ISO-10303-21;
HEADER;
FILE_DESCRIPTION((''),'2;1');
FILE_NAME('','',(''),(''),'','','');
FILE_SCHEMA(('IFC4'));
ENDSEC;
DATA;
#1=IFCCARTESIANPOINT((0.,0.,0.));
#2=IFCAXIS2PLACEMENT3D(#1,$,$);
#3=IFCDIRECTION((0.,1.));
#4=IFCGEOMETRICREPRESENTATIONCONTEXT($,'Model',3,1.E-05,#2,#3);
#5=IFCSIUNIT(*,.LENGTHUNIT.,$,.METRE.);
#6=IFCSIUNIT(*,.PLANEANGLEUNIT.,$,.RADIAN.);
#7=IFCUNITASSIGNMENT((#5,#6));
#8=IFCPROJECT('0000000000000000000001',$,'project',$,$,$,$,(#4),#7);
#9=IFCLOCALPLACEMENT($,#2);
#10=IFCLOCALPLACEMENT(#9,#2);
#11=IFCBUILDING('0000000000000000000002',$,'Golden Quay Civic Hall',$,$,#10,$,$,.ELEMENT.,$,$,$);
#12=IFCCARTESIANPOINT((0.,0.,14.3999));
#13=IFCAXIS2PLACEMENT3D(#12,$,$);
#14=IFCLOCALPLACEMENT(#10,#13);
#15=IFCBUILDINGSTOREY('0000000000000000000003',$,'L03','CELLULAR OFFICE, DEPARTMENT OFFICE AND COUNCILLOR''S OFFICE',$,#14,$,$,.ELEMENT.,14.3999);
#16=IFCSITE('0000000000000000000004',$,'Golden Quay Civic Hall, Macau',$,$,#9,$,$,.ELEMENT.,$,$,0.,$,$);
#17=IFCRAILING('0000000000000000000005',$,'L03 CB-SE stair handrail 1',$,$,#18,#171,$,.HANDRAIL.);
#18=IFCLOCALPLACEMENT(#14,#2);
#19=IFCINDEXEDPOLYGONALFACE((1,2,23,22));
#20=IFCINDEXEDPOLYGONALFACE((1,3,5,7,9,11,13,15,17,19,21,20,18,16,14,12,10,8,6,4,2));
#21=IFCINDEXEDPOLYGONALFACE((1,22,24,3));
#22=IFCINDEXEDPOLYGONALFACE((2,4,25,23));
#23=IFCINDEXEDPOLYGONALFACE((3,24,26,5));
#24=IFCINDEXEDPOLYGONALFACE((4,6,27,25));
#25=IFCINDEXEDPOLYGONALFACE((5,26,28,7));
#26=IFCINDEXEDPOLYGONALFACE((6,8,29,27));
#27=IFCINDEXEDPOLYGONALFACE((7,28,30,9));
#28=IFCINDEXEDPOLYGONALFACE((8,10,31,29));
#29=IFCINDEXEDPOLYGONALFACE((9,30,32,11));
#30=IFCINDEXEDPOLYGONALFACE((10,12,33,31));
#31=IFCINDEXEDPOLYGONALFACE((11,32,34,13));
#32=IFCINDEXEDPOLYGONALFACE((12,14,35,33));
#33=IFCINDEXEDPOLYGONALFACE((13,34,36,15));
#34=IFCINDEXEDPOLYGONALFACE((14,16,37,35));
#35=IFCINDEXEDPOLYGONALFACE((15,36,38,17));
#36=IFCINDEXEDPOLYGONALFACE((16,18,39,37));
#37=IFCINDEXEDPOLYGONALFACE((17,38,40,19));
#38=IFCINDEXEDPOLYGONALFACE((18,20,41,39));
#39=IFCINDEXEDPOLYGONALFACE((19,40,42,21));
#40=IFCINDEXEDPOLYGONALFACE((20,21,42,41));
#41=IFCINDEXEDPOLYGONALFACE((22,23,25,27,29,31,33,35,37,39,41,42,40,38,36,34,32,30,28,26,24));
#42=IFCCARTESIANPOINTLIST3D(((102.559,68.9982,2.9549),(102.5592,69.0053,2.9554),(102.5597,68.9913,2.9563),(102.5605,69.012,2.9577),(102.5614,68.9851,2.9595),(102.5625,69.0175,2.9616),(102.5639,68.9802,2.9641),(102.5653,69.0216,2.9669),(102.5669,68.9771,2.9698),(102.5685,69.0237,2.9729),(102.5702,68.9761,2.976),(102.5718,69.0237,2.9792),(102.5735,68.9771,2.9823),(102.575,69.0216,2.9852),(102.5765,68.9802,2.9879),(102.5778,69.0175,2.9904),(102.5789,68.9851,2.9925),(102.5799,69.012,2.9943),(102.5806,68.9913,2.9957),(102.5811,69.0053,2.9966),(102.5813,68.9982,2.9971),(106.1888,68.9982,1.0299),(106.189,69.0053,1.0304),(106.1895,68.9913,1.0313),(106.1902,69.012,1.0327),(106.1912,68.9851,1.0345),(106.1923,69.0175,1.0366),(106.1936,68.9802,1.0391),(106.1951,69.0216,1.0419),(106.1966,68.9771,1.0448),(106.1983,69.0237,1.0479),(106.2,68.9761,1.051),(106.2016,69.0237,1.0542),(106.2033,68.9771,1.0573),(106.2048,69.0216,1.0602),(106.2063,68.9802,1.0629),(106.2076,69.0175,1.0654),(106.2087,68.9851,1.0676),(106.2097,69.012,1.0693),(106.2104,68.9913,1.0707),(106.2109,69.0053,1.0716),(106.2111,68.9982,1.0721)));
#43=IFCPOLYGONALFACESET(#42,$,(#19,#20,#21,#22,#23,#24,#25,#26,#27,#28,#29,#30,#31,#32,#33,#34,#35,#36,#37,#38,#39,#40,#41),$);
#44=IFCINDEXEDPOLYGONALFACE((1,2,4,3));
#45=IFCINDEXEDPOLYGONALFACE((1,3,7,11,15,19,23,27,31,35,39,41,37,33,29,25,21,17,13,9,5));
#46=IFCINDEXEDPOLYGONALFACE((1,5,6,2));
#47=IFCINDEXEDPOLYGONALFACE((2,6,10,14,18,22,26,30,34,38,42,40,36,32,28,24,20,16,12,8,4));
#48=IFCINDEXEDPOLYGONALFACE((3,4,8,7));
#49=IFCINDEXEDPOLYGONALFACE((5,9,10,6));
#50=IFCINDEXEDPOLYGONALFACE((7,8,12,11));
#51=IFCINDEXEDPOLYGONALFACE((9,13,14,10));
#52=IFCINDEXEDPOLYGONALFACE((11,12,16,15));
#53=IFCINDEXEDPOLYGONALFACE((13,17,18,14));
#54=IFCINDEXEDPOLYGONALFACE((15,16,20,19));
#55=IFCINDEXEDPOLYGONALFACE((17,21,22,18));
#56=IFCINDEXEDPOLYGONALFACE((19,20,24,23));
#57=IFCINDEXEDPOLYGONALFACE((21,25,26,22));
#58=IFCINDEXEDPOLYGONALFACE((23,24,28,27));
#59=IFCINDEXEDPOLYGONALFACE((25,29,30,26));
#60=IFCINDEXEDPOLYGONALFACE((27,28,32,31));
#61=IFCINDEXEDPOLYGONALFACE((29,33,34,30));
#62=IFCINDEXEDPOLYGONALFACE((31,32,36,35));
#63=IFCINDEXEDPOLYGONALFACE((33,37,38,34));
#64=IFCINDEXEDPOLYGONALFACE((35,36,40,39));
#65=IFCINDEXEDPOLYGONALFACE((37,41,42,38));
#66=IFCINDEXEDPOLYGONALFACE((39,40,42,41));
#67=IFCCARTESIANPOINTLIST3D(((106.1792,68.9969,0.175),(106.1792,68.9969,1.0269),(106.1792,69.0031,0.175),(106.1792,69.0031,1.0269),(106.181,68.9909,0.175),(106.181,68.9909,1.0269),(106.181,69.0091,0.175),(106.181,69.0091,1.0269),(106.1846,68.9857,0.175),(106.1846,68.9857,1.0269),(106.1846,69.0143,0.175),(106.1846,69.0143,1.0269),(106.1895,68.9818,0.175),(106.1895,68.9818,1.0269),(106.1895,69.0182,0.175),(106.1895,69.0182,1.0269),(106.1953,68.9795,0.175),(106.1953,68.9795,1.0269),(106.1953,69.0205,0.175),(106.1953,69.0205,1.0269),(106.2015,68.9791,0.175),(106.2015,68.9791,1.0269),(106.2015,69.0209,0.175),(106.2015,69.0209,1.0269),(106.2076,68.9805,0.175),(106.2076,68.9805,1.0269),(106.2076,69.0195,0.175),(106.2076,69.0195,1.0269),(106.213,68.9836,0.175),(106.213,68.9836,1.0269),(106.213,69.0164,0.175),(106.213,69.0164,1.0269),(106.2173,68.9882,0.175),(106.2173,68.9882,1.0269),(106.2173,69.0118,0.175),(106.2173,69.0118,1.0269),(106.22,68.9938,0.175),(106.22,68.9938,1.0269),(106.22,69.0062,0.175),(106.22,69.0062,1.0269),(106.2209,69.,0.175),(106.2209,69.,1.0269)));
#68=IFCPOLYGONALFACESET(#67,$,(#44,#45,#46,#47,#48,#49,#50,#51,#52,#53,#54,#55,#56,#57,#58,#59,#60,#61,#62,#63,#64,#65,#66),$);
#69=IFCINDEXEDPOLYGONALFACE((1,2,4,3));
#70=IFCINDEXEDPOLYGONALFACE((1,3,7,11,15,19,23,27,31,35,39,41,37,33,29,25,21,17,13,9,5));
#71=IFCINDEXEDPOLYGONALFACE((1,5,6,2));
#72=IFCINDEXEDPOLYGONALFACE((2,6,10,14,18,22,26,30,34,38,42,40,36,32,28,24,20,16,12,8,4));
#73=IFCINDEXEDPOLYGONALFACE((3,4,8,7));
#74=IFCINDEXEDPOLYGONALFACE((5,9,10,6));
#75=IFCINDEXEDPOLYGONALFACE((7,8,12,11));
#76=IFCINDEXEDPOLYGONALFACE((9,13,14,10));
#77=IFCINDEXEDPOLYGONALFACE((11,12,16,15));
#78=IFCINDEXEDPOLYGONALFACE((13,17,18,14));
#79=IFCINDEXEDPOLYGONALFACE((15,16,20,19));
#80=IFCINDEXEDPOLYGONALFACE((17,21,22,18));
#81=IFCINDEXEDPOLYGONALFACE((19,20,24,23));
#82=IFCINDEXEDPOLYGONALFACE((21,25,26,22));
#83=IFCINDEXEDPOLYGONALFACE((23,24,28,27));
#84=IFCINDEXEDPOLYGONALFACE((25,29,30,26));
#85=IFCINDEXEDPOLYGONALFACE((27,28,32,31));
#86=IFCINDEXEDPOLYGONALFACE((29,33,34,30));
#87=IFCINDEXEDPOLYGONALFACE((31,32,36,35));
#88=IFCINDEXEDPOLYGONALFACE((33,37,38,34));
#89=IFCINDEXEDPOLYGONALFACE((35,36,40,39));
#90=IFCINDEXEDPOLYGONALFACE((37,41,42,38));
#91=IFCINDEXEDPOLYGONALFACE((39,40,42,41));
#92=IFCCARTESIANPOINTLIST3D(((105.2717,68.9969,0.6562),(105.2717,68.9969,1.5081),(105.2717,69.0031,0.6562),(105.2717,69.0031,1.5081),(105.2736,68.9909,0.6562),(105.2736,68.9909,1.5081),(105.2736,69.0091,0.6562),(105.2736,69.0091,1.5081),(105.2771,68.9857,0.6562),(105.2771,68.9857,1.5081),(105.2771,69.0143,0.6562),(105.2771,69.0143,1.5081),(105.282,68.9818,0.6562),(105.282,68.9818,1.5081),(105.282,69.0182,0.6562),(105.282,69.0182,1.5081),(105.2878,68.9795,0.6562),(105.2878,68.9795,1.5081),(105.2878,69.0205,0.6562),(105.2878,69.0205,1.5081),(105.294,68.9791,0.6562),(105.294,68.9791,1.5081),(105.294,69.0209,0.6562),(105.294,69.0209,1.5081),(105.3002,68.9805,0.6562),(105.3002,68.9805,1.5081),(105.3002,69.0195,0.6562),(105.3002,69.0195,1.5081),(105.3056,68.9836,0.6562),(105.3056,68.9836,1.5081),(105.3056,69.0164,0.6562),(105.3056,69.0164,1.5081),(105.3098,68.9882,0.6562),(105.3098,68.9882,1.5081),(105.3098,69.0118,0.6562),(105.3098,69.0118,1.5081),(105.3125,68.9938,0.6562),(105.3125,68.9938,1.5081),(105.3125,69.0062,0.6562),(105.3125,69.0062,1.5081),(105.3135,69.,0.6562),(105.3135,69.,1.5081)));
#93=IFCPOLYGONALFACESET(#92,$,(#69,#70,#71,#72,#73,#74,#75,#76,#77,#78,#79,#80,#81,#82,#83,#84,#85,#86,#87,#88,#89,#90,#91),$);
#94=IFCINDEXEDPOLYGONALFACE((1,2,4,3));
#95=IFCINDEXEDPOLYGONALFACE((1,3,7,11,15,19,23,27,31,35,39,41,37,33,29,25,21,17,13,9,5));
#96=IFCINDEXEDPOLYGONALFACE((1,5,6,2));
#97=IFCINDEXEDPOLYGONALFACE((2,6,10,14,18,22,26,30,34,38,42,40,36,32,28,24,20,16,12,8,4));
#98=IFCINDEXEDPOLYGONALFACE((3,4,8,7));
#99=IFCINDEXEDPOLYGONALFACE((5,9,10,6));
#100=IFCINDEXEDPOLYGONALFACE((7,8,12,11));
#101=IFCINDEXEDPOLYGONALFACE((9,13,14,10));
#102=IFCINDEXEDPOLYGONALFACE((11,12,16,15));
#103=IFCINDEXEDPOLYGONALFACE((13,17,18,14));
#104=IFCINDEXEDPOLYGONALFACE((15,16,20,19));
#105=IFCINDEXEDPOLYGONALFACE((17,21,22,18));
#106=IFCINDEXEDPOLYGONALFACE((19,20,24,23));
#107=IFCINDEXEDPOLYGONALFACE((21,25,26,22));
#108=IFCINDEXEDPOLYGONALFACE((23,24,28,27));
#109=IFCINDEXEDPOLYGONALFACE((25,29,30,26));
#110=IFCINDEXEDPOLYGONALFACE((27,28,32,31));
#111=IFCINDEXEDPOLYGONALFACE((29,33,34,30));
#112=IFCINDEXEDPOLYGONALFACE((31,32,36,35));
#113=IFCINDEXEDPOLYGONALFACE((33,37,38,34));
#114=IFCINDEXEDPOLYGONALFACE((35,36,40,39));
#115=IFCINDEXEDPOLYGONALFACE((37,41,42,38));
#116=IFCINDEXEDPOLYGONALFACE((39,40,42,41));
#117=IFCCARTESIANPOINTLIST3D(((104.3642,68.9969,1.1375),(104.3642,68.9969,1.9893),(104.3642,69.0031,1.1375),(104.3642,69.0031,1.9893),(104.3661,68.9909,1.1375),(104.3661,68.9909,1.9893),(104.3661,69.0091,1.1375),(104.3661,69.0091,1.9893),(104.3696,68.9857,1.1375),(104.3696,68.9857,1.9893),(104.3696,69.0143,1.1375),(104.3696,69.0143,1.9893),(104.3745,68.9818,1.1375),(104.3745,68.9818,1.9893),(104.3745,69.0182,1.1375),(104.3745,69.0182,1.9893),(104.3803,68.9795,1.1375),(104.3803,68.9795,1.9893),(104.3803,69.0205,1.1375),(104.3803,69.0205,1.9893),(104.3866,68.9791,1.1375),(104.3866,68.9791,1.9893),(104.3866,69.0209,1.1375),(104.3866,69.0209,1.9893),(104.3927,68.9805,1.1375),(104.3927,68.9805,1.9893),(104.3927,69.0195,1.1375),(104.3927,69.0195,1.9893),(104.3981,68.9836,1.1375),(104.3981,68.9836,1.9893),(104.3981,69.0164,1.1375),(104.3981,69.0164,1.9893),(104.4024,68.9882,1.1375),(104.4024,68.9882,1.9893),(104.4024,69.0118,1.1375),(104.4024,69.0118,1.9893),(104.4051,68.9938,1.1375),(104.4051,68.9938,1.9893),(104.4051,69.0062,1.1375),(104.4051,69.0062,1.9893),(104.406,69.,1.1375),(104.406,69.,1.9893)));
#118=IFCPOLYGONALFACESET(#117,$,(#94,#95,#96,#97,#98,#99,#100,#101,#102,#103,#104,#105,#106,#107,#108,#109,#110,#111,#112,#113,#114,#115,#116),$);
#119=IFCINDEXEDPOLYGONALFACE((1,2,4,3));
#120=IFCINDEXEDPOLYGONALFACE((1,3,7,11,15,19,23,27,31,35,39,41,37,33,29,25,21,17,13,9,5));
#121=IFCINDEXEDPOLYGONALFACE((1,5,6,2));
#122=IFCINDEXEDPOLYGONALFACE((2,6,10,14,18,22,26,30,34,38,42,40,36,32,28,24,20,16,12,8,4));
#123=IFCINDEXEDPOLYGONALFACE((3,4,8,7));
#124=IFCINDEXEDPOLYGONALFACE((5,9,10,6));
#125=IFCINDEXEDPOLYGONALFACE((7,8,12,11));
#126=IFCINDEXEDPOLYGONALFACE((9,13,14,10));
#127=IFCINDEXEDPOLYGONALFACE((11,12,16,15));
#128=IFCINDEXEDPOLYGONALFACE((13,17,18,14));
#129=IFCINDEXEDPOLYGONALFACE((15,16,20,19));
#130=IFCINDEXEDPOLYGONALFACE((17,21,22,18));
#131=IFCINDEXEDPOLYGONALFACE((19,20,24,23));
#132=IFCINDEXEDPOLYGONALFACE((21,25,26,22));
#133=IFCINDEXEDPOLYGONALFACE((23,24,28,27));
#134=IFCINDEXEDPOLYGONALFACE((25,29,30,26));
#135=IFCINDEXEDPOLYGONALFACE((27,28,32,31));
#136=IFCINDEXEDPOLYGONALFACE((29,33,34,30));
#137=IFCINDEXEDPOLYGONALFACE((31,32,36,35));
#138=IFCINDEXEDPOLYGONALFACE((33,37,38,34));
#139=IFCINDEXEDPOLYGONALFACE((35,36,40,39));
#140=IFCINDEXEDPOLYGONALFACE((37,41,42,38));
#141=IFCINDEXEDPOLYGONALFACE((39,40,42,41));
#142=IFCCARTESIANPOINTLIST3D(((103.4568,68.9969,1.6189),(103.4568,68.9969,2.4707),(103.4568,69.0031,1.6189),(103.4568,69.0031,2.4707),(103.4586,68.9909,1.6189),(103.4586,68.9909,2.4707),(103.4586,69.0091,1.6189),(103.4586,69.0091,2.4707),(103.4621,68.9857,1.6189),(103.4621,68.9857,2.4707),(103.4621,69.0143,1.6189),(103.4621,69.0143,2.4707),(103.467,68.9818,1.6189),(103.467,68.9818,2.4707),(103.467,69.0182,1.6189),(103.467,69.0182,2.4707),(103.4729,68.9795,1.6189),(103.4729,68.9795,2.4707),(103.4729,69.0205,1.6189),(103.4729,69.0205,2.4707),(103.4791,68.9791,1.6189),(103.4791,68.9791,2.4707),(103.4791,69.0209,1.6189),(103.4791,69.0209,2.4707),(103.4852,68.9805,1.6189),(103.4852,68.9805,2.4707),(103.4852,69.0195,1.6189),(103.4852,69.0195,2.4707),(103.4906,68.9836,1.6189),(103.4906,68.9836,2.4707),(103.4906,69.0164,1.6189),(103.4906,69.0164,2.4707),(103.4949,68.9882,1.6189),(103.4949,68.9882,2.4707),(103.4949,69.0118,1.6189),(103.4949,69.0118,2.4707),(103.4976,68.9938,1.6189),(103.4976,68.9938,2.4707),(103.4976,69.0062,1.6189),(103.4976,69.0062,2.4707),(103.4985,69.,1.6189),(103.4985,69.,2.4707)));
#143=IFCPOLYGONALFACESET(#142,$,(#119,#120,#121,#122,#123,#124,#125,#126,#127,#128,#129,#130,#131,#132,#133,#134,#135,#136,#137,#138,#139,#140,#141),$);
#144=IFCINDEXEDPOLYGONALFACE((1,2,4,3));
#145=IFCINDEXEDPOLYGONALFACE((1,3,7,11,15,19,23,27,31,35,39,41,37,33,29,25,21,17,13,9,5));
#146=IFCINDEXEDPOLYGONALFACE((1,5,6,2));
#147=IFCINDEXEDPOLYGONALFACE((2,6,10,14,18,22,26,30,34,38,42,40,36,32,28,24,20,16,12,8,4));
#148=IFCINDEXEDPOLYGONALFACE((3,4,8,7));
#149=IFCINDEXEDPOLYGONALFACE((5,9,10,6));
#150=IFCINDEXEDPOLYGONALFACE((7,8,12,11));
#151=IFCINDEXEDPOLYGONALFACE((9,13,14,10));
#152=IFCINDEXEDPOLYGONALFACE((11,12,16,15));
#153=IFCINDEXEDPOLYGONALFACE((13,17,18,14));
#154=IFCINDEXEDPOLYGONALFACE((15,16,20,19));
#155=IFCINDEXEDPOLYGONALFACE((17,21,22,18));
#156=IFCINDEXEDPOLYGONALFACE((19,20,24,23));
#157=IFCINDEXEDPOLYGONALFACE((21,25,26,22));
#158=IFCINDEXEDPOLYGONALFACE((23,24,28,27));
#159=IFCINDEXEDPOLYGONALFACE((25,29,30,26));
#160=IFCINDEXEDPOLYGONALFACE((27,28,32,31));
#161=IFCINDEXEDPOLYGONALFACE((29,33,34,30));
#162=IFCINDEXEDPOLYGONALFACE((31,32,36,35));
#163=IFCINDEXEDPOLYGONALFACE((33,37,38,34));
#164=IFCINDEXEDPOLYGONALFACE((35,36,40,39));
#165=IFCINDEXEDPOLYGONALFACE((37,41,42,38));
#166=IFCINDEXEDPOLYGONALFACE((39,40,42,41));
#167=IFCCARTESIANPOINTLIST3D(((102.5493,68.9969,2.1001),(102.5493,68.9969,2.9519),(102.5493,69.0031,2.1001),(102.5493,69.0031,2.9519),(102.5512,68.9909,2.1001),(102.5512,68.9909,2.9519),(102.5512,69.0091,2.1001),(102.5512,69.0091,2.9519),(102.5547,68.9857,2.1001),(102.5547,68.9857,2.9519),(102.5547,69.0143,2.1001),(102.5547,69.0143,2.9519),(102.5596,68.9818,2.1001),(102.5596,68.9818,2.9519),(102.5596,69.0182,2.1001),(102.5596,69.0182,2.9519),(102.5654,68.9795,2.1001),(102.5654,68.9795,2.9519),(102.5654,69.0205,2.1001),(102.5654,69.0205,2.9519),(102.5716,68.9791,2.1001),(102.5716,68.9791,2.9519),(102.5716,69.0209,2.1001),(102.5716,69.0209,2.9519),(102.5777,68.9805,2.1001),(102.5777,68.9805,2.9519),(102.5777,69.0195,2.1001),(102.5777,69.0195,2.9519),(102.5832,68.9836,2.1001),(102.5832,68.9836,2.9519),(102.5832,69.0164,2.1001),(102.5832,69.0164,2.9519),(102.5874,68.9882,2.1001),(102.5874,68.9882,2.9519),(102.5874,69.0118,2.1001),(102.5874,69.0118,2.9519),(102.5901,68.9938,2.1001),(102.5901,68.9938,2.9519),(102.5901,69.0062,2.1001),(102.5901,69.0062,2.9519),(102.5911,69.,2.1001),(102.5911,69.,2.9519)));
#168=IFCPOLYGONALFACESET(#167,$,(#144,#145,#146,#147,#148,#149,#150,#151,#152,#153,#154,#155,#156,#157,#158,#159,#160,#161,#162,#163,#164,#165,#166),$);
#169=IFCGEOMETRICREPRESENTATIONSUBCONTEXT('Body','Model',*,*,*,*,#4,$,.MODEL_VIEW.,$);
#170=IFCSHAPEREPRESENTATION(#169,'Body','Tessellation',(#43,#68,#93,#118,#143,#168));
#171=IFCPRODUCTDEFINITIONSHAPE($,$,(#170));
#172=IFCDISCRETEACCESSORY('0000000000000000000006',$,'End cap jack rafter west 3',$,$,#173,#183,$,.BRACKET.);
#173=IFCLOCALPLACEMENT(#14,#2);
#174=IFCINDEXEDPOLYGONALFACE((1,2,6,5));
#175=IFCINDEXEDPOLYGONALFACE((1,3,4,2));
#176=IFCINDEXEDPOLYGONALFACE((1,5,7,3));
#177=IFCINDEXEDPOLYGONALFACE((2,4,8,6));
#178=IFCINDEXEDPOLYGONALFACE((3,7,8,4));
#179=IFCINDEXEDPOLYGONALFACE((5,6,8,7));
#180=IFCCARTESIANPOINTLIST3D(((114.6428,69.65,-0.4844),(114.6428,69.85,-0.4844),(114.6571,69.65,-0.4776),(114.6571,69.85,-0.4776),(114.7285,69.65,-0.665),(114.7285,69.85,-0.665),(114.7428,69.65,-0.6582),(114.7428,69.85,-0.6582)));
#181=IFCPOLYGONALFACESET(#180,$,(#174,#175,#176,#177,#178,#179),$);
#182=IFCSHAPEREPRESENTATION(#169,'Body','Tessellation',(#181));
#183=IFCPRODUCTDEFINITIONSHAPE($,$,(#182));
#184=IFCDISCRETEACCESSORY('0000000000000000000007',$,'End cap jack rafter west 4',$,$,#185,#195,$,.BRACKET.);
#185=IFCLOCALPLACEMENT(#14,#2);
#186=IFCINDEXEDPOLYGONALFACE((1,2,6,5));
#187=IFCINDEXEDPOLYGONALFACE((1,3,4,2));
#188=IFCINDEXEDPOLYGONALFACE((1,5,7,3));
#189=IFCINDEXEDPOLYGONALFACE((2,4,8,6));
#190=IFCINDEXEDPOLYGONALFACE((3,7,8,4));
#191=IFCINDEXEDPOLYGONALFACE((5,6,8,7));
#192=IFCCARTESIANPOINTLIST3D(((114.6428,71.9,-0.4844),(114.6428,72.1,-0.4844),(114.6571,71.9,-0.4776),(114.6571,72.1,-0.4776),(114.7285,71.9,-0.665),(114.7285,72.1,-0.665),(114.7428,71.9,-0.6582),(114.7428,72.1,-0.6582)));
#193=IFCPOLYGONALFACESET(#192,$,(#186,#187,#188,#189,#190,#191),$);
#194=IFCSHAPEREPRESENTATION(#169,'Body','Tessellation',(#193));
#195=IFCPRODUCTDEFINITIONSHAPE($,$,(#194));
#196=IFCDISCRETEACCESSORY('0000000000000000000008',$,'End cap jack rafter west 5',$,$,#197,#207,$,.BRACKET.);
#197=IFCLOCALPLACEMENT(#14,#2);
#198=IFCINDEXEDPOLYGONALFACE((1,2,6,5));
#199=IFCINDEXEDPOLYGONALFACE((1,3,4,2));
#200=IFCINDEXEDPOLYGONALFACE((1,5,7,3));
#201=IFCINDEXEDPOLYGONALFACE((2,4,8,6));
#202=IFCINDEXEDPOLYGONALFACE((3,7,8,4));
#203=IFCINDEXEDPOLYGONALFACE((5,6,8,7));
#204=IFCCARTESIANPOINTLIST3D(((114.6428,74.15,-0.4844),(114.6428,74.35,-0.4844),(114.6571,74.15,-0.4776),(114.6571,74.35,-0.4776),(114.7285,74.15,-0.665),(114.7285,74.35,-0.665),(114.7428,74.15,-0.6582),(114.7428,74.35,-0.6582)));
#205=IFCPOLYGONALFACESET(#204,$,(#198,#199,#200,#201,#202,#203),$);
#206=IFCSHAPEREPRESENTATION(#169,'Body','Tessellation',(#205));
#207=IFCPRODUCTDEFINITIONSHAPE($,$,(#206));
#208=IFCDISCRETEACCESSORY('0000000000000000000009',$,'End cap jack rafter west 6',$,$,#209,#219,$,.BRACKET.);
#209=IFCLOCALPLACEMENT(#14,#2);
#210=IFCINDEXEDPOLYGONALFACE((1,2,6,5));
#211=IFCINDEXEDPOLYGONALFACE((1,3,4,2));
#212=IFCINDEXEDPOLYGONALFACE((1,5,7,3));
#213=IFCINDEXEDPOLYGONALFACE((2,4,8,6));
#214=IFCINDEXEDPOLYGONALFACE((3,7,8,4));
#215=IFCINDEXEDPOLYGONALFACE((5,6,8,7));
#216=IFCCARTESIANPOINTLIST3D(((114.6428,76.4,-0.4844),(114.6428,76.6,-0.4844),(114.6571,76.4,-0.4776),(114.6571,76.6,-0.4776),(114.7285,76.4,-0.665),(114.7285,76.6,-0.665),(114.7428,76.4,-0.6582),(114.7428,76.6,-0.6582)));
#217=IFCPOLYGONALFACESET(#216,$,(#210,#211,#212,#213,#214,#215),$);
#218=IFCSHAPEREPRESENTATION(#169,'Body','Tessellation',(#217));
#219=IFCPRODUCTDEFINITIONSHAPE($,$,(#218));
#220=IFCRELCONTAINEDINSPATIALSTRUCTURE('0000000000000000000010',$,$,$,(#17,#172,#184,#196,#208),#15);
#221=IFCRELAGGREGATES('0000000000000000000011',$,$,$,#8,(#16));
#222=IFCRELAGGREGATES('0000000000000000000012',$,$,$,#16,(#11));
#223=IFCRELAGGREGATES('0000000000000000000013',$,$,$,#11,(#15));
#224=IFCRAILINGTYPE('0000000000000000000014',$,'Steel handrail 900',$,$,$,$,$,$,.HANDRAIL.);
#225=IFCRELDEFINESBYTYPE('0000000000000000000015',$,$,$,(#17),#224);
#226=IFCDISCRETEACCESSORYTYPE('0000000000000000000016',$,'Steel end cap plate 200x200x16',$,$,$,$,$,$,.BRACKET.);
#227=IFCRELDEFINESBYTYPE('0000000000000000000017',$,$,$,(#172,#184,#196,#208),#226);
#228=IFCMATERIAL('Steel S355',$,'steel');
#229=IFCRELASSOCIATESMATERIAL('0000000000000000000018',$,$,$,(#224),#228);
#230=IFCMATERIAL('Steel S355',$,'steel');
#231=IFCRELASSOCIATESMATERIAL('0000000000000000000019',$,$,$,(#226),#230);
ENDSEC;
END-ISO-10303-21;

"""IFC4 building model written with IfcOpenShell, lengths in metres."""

from ifc_helpers import new_model, si_unit, direction, frame, origin, origin_2d, place, context, subcontext, project, spatial, rectangle, circle, extrude, material, material_profile, profile_set, type_object, element, save


model = new_model("IFC4")

# Units and contexts
model_context = context("Model", 3, precision=1e-05, world=origin(), true_north=direction((0.0, 1.0)))
body_context = subcontext(model_context, "Body", "Model", "MODEL_VIEW")
ifc_project = project(units=[si_unit("LENGTHUNIT", "METRE"), si_unit("PLANEANGLEUNIT", "RADIAN")], contexts=[model_context])

# Site, building, storey
site_placement = place(None, origin())
site = spatial("IfcSite", under=ifc_project, at=site_placement, Name="Golden Quay Civic Hall, Macau", CompositionType="ELEMENT", RefElevation=0.0)
building_placement = place(site_placement, origin())
building = spatial("IfcBuilding", under=site, at=building_placement, Name="Golden Quay Civic Hall", CompositionType="ELEMENT")
storey_placement = place(building_placement, frame((0.0, 0.0, 14.3999)))
storey = spatial("IfcBuildingStorey", under=building, at=storey_placement, Name="L03", Description="CELLULAR OFFICE, DEPARTMENT OFFICE AND COUNCILLOR'S OFFICE", CompositionType="ELEMENT", Elevation=14.3999)

# Railing
ifc_material_1 = material(Name="Steel S355", Category="steel")
railing_type_1 = type_object("IfcRailingType", Name="Steel handrail 900", PredefinedType="HANDRAIL", material=ifc_material_1)
railing_1_placement = place(storey_placement, frame((106.2, 69.0, 0.175)))
element("IfcRailing", 1, at=railing_1_placement, inside=storey, type_object=railing_type_1, Name="L03 CB-SE stair handrail 1", PredefinedType="HANDRAIL", context=body_context, shape_type="SweptSolid", body=[
    extrude(circle(Radius=0.0239, at=origin_2d()), frame((0.0, 0.0, 0.876), z_axis=(-0.883451, 0.0, 0.468524), x_axis=(0.0, -1.0, 0.0)), (0.0, 0.0, 1.0), 4.1086),
    extrude(circle(Radius=0.021, at=origin_2d()), origin(), (0.0, 0.0, 1.0), 0.8518),
    extrude(circle(Radius=0.021, at=origin_2d()), frame((-0.9075, 0.0, 0.4812)), (0.0, 0.0, 1.0), 0.8518),
    extrude(circle(Radius=0.021, at=origin_2d()), frame((-1.8149, 0.0, 0.9624)), (0.0, 0.0, 1.0), 0.8518),
    extrude(circle(Radius=0.021, at=origin_2d()), frame((-2.7224, 0.0, 1.4438)), (0.0, 0.0, 1.0), 0.8518),
    extrude(circle(Radius=0.021, at=origin_2d()), frame((-3.6299, 0.0, 1.925)), (0.0, 0.0, 1.0), 0.8518),
])

# Discrete accessories
ifc_material_2 = material(Name="Steel S355", Category="steel")
ifc_material_profile_1 = material_profile(ifc_material_2, rectangle(XDim=0.2, YDim=0.2, at=origin_2d()), Name="Steel end cap plate 200x200x16")
ifc_profile_set_1 = profile_set([ifc_material_profile_1], Name="Steel S355")
discrete_accessory_type = type_object("IfcDiscreteAccessoryType", Name="Steel end cap plate 200x200x16", PredefinedType="BRACKET", material=ifc_profile_set_1)
for number, where, z_axis, x_axis, name in (
    (2, (114.7, 69.75, -0.5679), (-0.903426, 0.0, -0.428744), (0.0, -1.0, 0.0), "End cap jack rafter west 3"),
    (3, (114.7, 72.0, -0.5679), (-0.903426, 0.0, -0.428744), (0.0, -1.0, 0.0), "End cap jack rafter west 4"),
    (4, (114.7, 74.25, -0.5679), (-0.903426, 0.0, -0.428744), (0.0, -1.0, 0.0), "End cap jack rafter west 5"),
    (5, (114.7, 76.5, -0.5679), (-0.903426, 0.0, -0.428744), (0.0, -1.0, 0.0), "End cap jack rafter west 6"),
):
    element("IfcDiscreteAccessory", number, at=place(storey_placement, frame(where, z_axis=z_axis, x_axis=x_axis)), inside=storey, type_object=discrete_accessory_type, Name=name, PredefinedType="BRACKET", context=body_context, shape_type="SweptSolid", body=[
        extrude(rectangle(XDim=0.2, YDim=0.2, at=origin_2d()), origin(), (0.0, 0.0, 1.0), 0.0159),
    ])

save(model, "model.ifc")
